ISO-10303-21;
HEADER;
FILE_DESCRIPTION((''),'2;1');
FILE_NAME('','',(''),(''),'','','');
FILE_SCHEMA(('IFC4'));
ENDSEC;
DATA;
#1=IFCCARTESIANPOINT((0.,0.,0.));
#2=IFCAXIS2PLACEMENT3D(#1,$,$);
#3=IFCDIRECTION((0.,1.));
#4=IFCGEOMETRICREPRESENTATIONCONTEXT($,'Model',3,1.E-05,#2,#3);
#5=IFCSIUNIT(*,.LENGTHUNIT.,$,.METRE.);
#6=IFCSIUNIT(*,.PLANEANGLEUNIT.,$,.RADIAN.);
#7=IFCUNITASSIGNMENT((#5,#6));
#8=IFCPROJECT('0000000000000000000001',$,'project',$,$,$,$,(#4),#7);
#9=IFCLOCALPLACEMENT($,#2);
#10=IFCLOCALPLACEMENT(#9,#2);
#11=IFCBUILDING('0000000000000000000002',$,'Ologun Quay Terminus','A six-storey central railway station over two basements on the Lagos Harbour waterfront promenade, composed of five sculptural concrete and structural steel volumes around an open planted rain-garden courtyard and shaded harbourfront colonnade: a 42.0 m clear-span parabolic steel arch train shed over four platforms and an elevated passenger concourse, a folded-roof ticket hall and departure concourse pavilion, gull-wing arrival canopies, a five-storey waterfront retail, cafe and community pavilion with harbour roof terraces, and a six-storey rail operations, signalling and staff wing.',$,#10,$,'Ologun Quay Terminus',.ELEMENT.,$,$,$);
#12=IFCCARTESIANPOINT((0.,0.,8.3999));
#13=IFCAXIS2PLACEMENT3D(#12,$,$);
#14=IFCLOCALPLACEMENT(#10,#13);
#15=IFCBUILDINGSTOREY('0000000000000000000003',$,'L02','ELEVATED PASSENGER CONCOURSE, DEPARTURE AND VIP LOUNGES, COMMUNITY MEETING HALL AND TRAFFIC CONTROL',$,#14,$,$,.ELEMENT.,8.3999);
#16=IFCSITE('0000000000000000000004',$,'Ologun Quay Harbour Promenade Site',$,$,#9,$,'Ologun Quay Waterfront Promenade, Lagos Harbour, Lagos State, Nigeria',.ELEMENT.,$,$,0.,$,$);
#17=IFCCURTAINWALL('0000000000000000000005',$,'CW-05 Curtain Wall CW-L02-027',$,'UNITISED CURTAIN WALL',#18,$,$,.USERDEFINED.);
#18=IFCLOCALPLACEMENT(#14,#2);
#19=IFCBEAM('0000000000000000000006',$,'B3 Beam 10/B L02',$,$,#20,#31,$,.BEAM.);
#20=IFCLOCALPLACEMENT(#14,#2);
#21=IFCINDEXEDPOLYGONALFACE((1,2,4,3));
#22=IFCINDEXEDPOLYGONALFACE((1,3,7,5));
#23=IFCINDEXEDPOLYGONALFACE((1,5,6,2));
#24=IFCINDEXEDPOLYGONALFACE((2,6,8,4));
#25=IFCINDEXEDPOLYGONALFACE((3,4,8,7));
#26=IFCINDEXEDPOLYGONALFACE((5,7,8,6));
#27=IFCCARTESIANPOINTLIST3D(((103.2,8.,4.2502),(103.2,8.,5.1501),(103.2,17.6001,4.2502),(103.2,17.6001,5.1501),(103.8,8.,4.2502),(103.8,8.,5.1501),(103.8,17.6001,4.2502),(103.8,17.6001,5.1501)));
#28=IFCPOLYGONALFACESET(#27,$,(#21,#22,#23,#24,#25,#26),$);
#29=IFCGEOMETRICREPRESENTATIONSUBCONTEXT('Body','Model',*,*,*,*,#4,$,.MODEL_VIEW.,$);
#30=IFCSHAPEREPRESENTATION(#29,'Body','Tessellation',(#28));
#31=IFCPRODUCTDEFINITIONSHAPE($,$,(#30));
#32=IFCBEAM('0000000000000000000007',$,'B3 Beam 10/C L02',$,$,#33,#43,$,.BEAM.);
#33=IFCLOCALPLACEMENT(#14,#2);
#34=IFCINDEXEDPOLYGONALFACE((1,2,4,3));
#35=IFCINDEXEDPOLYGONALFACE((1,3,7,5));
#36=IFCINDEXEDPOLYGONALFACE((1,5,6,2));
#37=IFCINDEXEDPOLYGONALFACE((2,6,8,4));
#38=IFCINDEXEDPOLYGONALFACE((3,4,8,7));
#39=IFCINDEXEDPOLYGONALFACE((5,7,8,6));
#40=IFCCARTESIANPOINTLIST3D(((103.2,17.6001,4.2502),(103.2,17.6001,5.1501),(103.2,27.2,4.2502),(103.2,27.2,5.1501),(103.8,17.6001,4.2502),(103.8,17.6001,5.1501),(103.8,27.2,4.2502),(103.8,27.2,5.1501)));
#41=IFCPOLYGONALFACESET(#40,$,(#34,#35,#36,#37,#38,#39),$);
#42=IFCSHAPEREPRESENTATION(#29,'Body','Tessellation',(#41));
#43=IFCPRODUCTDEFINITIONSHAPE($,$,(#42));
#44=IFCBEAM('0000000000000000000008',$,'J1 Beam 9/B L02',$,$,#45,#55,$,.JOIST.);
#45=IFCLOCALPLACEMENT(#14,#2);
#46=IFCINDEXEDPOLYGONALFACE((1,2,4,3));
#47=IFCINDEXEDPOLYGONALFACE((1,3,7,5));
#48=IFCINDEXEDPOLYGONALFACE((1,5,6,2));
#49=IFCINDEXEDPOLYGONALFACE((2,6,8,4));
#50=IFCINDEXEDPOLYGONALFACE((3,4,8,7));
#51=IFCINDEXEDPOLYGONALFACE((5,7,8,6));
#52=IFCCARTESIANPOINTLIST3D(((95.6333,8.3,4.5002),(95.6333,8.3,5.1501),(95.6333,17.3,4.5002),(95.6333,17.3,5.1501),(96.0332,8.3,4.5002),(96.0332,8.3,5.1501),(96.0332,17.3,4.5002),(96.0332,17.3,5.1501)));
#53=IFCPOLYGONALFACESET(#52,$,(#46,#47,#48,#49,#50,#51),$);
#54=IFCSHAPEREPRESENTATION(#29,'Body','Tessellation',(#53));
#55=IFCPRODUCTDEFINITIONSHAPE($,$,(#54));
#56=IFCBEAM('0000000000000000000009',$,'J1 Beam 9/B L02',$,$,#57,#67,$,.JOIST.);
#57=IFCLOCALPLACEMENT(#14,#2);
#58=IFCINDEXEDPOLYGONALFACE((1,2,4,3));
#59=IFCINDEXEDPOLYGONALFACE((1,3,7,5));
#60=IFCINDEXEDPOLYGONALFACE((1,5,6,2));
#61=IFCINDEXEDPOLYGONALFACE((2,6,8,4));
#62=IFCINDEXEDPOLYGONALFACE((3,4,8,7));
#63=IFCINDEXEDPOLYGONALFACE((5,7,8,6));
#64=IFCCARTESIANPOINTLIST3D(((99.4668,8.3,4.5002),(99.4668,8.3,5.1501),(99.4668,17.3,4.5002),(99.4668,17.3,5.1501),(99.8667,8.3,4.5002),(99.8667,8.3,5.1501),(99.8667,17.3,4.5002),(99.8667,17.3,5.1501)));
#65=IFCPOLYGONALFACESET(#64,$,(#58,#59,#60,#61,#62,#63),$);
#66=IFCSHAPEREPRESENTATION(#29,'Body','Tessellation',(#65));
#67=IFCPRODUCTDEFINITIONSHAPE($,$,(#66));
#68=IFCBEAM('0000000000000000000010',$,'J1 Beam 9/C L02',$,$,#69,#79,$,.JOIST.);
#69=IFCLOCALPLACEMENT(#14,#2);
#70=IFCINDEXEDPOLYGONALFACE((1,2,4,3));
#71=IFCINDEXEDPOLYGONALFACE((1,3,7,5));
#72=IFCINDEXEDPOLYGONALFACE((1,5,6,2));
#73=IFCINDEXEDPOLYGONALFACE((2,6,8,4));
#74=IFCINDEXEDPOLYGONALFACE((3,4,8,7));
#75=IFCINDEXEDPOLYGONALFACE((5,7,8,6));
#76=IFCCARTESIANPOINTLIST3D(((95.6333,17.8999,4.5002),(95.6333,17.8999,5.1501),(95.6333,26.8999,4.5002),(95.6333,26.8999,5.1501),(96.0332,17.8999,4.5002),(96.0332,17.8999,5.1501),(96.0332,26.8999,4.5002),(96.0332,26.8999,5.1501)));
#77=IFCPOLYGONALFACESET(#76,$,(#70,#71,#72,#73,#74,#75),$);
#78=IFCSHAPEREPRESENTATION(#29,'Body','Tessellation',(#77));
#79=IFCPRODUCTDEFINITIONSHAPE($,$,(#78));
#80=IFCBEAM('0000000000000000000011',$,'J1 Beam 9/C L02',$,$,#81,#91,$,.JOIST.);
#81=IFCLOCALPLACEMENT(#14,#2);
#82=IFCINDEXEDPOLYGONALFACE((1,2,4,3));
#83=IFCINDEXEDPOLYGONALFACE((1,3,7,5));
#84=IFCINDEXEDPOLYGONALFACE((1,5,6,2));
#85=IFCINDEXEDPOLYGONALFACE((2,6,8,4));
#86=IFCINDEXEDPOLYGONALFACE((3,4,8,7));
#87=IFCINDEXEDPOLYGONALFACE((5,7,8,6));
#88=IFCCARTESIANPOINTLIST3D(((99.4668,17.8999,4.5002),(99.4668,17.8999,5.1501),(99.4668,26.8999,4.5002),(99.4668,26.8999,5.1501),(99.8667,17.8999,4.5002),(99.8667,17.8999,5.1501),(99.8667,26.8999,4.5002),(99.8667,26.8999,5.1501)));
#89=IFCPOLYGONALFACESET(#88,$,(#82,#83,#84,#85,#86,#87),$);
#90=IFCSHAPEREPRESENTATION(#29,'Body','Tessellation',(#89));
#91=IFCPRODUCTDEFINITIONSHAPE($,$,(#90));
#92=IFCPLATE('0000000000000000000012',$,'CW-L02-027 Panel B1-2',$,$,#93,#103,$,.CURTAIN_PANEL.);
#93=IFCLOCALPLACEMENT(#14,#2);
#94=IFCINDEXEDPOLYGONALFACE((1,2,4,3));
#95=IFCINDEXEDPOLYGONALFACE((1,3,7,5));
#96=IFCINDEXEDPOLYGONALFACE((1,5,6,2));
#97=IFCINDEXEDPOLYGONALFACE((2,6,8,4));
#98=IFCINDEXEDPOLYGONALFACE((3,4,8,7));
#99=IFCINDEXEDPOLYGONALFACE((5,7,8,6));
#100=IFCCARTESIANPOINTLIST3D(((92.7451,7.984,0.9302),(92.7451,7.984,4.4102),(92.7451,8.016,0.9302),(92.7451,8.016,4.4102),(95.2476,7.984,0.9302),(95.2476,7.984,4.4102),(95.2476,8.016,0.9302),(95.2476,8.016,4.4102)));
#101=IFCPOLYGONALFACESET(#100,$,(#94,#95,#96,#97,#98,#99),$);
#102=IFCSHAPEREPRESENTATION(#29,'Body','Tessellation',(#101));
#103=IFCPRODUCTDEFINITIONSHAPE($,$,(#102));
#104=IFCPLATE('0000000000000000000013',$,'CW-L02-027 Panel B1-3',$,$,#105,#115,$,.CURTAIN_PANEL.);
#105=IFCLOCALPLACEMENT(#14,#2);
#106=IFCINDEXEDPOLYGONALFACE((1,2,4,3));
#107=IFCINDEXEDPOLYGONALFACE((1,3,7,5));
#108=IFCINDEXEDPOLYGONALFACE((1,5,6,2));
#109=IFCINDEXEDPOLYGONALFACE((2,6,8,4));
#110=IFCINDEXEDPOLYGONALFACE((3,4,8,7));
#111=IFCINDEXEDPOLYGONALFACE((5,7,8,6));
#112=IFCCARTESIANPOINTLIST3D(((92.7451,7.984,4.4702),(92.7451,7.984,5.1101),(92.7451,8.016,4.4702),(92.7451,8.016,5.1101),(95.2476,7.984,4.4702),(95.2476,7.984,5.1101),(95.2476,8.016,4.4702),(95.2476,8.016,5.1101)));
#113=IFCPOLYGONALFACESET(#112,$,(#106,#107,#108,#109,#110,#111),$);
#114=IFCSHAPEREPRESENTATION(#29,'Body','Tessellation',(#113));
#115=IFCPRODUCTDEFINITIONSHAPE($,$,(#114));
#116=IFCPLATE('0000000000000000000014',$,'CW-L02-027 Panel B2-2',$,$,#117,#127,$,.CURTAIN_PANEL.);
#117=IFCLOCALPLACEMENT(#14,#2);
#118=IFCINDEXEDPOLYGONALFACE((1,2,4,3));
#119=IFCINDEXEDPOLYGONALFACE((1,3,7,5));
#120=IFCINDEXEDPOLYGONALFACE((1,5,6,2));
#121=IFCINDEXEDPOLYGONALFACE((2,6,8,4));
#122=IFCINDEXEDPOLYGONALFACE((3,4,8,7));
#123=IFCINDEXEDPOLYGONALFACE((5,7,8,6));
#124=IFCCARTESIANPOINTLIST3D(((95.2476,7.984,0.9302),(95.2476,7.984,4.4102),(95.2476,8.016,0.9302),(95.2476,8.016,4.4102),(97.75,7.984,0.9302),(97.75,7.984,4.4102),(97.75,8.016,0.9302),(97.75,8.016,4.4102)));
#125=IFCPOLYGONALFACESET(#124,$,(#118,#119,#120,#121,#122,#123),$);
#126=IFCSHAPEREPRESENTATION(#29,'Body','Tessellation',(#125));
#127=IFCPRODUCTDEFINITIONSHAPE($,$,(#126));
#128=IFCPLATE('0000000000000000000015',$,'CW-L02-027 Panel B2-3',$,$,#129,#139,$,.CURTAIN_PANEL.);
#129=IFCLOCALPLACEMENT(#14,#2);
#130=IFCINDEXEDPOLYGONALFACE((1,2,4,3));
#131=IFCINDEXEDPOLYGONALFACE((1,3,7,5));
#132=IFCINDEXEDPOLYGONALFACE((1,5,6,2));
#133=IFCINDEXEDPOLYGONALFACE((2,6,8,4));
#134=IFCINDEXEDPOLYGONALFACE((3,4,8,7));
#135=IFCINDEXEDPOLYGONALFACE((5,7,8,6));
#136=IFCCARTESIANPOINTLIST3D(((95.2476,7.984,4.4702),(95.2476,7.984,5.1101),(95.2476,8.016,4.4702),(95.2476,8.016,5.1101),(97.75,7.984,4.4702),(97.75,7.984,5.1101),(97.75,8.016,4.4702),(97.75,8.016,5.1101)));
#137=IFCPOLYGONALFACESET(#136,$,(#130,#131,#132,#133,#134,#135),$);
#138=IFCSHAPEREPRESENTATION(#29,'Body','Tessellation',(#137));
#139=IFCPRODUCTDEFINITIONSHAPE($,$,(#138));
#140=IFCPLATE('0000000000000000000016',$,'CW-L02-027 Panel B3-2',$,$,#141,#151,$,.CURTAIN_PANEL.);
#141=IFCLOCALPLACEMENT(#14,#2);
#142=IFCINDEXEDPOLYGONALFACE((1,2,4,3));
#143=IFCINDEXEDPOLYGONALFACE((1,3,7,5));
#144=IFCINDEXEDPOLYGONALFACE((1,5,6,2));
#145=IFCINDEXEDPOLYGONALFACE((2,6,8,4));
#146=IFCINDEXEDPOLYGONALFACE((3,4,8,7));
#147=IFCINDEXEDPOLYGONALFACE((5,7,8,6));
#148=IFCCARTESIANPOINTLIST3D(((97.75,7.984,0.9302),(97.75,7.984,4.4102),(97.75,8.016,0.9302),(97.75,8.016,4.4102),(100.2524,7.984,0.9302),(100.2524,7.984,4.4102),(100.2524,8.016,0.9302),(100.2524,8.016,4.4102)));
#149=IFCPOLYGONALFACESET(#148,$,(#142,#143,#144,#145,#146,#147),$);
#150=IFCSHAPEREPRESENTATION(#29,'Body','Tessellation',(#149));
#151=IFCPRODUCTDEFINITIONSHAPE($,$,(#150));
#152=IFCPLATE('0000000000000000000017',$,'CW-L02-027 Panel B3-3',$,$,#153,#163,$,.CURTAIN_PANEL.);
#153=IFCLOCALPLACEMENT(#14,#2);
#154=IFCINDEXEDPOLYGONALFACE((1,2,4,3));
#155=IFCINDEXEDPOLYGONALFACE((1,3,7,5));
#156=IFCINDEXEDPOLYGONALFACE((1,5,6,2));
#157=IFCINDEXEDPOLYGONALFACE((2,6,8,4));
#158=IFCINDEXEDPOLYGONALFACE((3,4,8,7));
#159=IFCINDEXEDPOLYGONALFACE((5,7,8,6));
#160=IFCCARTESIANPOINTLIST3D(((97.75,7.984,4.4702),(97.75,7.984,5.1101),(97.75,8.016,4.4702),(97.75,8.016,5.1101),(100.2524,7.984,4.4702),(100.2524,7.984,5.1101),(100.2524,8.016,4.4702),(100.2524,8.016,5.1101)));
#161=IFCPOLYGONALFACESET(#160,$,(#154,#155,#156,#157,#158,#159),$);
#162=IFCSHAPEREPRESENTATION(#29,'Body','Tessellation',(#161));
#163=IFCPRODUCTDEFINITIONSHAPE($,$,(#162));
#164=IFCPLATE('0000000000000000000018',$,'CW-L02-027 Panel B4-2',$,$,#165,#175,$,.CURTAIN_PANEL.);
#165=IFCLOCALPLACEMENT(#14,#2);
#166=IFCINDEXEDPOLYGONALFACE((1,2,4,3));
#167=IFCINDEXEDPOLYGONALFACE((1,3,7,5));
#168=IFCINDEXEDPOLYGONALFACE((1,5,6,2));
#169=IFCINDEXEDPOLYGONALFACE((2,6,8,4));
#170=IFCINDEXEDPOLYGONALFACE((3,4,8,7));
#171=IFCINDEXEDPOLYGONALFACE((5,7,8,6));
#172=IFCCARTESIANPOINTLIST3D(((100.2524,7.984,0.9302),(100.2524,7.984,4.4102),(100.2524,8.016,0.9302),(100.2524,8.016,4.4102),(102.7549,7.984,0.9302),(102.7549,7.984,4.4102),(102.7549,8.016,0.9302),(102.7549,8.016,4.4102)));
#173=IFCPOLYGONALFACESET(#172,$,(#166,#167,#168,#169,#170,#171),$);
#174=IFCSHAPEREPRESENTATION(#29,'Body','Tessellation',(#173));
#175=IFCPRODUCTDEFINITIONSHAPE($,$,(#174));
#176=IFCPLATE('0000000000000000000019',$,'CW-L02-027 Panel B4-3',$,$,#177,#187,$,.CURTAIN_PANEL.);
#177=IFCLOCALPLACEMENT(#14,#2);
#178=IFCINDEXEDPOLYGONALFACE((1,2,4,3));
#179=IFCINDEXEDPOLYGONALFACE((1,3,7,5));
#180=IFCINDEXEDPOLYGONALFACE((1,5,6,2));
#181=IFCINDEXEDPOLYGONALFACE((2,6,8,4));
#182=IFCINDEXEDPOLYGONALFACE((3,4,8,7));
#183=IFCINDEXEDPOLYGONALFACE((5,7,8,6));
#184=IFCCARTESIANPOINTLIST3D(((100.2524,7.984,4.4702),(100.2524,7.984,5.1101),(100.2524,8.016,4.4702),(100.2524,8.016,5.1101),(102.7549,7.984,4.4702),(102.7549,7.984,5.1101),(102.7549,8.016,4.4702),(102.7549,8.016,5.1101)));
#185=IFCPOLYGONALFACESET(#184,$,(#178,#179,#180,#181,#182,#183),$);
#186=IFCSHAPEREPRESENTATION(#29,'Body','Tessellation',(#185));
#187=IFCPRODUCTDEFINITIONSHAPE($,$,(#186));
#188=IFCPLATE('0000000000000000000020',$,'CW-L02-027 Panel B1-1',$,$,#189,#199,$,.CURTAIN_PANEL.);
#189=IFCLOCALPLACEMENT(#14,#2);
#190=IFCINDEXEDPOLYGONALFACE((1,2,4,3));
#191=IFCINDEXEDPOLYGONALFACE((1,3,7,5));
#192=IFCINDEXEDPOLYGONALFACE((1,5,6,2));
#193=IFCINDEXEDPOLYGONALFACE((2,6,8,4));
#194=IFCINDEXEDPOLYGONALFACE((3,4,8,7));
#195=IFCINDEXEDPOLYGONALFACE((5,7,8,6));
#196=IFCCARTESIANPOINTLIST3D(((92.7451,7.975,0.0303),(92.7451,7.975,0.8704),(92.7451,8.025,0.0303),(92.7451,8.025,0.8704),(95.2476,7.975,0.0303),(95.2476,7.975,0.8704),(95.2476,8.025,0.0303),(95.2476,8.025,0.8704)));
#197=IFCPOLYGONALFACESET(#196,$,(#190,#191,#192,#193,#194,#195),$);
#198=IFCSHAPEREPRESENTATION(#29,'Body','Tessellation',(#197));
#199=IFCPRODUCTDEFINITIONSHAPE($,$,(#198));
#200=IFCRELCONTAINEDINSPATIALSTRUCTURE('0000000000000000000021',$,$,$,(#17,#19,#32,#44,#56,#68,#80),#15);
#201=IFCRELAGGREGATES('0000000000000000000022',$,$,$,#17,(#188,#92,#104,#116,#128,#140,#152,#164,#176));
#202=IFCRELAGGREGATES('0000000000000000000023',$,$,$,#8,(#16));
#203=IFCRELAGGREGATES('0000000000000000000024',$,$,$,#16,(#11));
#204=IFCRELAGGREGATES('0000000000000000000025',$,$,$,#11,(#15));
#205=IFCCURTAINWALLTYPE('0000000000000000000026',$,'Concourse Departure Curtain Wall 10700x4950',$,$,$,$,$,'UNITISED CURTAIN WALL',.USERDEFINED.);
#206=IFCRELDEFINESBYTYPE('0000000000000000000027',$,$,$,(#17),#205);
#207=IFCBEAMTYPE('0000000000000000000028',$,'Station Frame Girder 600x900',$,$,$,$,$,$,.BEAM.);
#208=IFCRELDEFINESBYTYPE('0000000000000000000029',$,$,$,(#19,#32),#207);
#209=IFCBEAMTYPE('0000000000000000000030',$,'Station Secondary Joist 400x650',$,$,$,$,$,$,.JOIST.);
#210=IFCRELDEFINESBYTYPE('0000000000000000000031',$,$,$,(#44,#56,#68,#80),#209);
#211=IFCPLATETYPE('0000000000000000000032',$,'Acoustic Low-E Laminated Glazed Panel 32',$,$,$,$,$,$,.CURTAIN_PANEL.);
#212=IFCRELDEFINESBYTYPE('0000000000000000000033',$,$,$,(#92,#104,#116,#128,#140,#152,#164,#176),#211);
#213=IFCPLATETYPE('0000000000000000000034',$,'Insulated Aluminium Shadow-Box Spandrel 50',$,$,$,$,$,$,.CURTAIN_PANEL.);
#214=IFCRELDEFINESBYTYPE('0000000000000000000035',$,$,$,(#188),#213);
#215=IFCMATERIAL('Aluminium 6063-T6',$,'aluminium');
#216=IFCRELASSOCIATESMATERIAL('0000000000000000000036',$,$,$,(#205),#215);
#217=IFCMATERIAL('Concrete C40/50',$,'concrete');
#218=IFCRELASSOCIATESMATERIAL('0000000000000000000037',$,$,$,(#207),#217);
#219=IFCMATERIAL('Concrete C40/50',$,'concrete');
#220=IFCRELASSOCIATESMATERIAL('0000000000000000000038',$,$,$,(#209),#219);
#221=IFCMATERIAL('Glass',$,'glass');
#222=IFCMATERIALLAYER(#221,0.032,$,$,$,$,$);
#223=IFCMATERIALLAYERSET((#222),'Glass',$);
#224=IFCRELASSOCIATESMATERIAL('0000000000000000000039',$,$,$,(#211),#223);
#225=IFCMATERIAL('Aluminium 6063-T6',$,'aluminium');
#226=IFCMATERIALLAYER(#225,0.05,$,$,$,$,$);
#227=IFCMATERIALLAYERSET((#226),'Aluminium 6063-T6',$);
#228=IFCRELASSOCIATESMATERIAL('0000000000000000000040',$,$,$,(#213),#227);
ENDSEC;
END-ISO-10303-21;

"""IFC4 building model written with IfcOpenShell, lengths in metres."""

from ifc_helpers import new_model, si_unit, direction, frame, origin, origin_2d, place, context, subcontext, project, spatial, rectangle, extrude, material, layer, layer_set, material_profile, profile_set, type_object, element, aggregate, save


model = new_model("IFC4")

# Units and contexts
model_context = context("Model", 3, precision=1e-05, world=origin(), true_north=direction((0.0, 1.0)))
body_context = subcontext(model_context, "Body", "Model", "MODEL_VIEW")
ifc_project = project(units=[si_unit("LENGTHUNIT", "METRE"), si_unit("PLANEANGLEUNIT", "RADIAN")], contexts=[model_context])

# Site, building, storey
site_placement = place(None, origin())
site = spatial("IfcSite", under=ifc_project, at=site_placement, Name="Ologun Quay Harbour Promenade Site", LongName="Ologun Quay Waterfront Promenade, Lagos Harbour, Lagos State, Nigeria", CompositionType="ELEMENT", RefElevation=0.0)
building_placement = place(site_placement, origin())
building = spatial("IfcBuilding", under=site, at=building_placement, Name="Ologun Quay Terminus", Description="A six-storey central railway station over two basements on the Lagos Harbour waterfront promenade, composed of five sculptural concrete and structural steel volumes around an open planted rain-garden courtyard and shaded harbourfront colonnade: a 42.0 m clear-span parabolic steel arch train shed over four platforms and an elevated passenger concourse, a folded-roof ticket hall and departure concourse pavilion, gull-wing arrival canopies, a five-storey waterfront retail, cafe and community pavilion with harbour roof terraces, and a six-storey rail operations, signalling and staff wing.", LongName="Ologun Quay Terminus", CompositionType="ELEMENT")
storey_placement = place(building_placement, frame((0.0, 0.0, 8.3999)))
storey = spatial("IfcBuildingStorey", under=building, at=storey_placement, Name="L02", Description="ELEVATED PASSENGER CONCOURSE, DEPARTURE AND VIP LOUNGES, COMMUNITY MEETING HALL AND TRAFFIC CONTROL", CompositionType="ELEMENT", Elevation=8.3999)

# Curtain wall
ifc_material_1 = material(Name="Aluminium 6063-T6", Category="aluminium")
curtain_wall_type = type_object("IfcCurtainWallType", Name="Concourse Departure Curtain Wall 10700x4950", ElementType="UNITISED CURTAIN WALL", PredefinedType="USERDEFINED", material=ifc_material_1)
curtain_wall_placement = place(storey_placement, origin())
curtain_wall = element("IfcCurtainWall", 1, at=curtain_wall_placement, inside=storey, type_object=curtain_wall_type, Name="CW-05 Curtain Wall CW-L02-027", ObjectType="UNITISED CURTAIN WALL", PredefinedType="USERDEFINED")

# Beams
ifc_material_2 = material(Name="Concrete C40/50", Category="concrete")
ifc_material_profile_1 = material_profile(ifc_material_2, rectangle(XDim=0.6001, YDim=0.8999, at=origin_2d()), Name="RC 600x900")
ifc_profile_set_1 = profile_set([ifc_material_profile_1], Name="Concrete C40/50")
beam_type_1 = type_object("IfcBeamType", Name="Station Frame Girder 600x900", PredefinedType="BEAM", material=ifc_profile_set_1)
beam_1_placement = place(storey_placement, frame((103.5, 8.0, 4.7002), z_axis=(0.0, 1.0, 0.0), x_axis=(-1.0, 0.0, 0.0)))
element("IfcBeam", 2, at=beam_1_placement, inside=storey, type_object=beam_type_1, Name="B3 Beam 10/B L02", PredefinedType="BEAM", context=body_context, shape_type="SweptSolid", body=[
    extrude(rectangle(XDim=0.6001, YDim=0.8999, at=origin_2d()), origin(), (0.0, 0.0, 1.0), 9.6001),
])
beam_2_placement = place(storey_placement, frame((103.5, 17.6001, 4.7002), z_axis=(0.0, 1.0, 0.0), x_axis=(-1.0, 0.0, 0.0)))
element("IfcBeam", 3, at=beam_2_placement, inside=storey, type_object=beam_type_1, Name="B3 Beam 10/C L02", PredefinedType="BEAM", context=body_context, shape_type="SweptSolid", body=[
    extrude(rectangle(XDim=0.6001, YDim=0.8999, at=origin_2d()), origin(), (0.0, 0.0, 1.0), 9.5999),
])
ifc_material_3 = material(Name="Concrete C40/50", Category="concrete")
ifc_material_profile_2 = material_profile(ifc_material_3, rectangle(XDim=0.3999, YDim=0.6499, at=origin_2d()), Name="RC 400x650")
ifc_profile_set_2 = profile_set([ifc_material_profile_2], Name="Concrete C40/50")
beam_type_2 = type_object("IfcBeamType", Name="Station Secondary Joist 400x650", PredefinedType="JOIST", material=ifc_profile_set_2)
for number, where, z_axis, x_axis, name in (
    (4, (95.8333, 8.3, 4.8252), (0.0, 1.0, 0.0), (-1.0, 0.0, 0.0), "J1 Beam 9/B L02"),
    (5, (99.6667, 8.3, 4.8252), (0.0, 1.0, 0.0), (-1.0, 0.0, 0.0), "J1 Beam 9/B L02"),
    (6, (95.8333, 17.8999, 4.8252), (0.0, 1.0, 0.0), (-1.0, 0.0, 0.0), "J1 Beam 9/C L02"),
    (7, (99.6667, 17.8999, 4.8252), (0.0, 1.0, 0.0), (-1.0, 0.0, 0.0), "J1 Beam 9/C L02"),
):
    element("IfcBeam", number, at=place(storey_placement, frame(where, z_axis=z_axis, x_axis=x_axis)), inside=storey, type_object=beam_type_2, Name=name, PredefinedType="JOIST", context=body_context, shape_type="SweptSolid", body=[
        extrude(rectangle(XDim=0.3999, YDim=0.6499, at=origin_2d()), origin(), (0.0, 0.0, 1.0), 9.0),
    ])

# Plates
ifc_material_4 = material(Name="Glass", Category="glass")
ifc_layer_1 = layer(ifc_material_4, 0.032)
ifc_layer_set_1 = layer_set([ifc_layer_1], Name="Glass")
plate_type_1 = type_object("IfcPlateType", Name="Acoustic Low-E Laminated Glazed Panel 32", PredefinedType="CURTAIN_PANEL", material=ifc_layer_set_1)
plate_1_placement = place(storey_placement, frame((93.9963, 8.0, 0.9302), z_axis=(0.0, 0.0, 1.0), x_axis=(1.0, 0.0, 0.0)))
plate_1 = element("IfcPlate", 8, at=plate_1_placement, type_object=plate_type_1, Name="CW-L02-027 Panel B1-2", PredefinedType="CURTAIN_PANEL", context=body_context, shape_type="SweptSolid", body=[
    extrude(rectangle(XDim=2.5024, YDim=0.032, at=origin_2d()), origin(), (0.0, 0.0, 1.0), 3.48),
])
plate_2_placement = place(storey_placement, frame((93.9963, 8.0, 4.4702), z_axis=(0.0, 0.0, 1.0), x_axis=(1.0, 0.0, 0.0)))
plate_2 = element("IfcPlate", 9, at=plate_2_placement, type_object=plate_type_1, Name="CW-L02-027 Panel B1-3", PredefinedType="CURTAIN_PANEL", context=body_context, shape_type="SweptSolid", body=[
    extrude(rectangle(XDim=2.5024, YDim=0.032, at=origin_2d()), origin(), (0.0, 0.0, 1.0), 0.6399),
])
plate_3_placement = place(storey_placement, frame((96.4988, 8.0, 0.9302), z_axis=(0.0, 0.0, 1.0), x_axis=(1.0, 0.0, 0.0)))
plate_3 = element("IfcPlate", 10, at=plate_3_placement, type_object=plate_type_1, Name="CW-L02-027 Panel B2-2", PredefinedType="CURTAIN_PANEL", context=body_context, shape_type="SweptSolid", body=[
    extrude(rectangle(XDim=2.5024, YDim=0.032, at=origin_2d()), origin(), (0.0, 0.0, 1.0), 3.48),
])
plate_4_placement = place(storey_placement, frame((96.4988, 8.0, 4.4702), z_axis=(0.0, 0.0, 1.0), x_axis=(1.0, 0.0, 0.0)))
plate_4 = element("IfcPlate", 11, at=plate_4_placement, type_object=plate_type_1, Name="CW-L02-027 Panel B2-3", PredefinedType="CURTAIN_PANEL", context=body_context, shape_type="SweptSolid", body=[
    extrude(rectangle(XDim=2.5024, YDim=0.032, at=origin_2d()), origin(), (0.0, 0.0, 1.0), 0.6399),
])
plate_5_placement = place(storey_placement, frame((99.0012, 8.0, 0.9302), z_axis=(0.0, 0.0, 1.0), x_axis=(1.0, 0.0, 0.0)))
plate_5 = element("IfcPlate", 12, at=plate_5_placement, type_object=plate_type_1, Name="CW-L02-027 Panel B3-2", PredefinedType="CURTAIN_PANEL", context=body_context, shape_type="SweptSolid", body=[
    extrude(rectangle(XDim=2.5024, YDim=0.032, at=origin_2d()), origin(), (0.0, 0.0, 1.0), 3.48),
])
plate_6_placement = place(storey_placement, frame((99.0012, 8.0, 4.4702), z_axis=(0.0, 0.0, 1.0), x_axis=(1.0, 0.0, 0.0)))
plate_6 = element("IfcPlate", 13, at=plate_6_placement, type_object=plate_type_1, Name="CW-L02-027 Panel B3-3", PredefinedType="CURTAIN_PANEL", context=body_context, shape_type="SweptSolid", body=[
    extrude(rectangle(XDim=2.5024, YDim=0.032, at=origin_2d()), origin(), (0.0, 0.0, 1.0), 0.6399),
])
plate_7_placement = place(storey_placement, frame((101.5037, 8.0, 0.9302), z_axis=(0.0, 0.0, 1.0), x_axis=(1.0, 0.0, 0.0)))
plate_7 = element("IfcPlate", 14, at=plate_7_placement, type_object=plate_type_1, Name="CW-L02-027 Panel B4-2", PredefinedType="CURTAIN_PANEL", context=body_context, shape_type="SweptSolid", body=[
    extrude(rectangle(XDim=2.5024, YDim=0.032, at=origin_2d()), origin(), (0.0, 0.0, 1.0), 3.48),
])
plate_8_placement = place(storey_placement, frame((101.5037, 8.0, 4.4702), z_axis=(0.0, 0.0, 1.0), x_axis=(1.0, 0.0, 0.0)))
plate_8 = element("IfcPlate", 15, at=plate_8_placement, type_object=plate_type_1, Name="CW-L02-027 Panel B4-3", PredefinedType="CURTAIN_PANEL", context=body_context, shape_type="SweptSolid", body=[
    extrude(rectangle(XDim=2.5024, YDim=0.032, at=origin_2d()), origin(), (0.0, 0.0, 1.0), 0.6399),
])
ifc_material_5 = material(Name="Aluminium 6063-T6", Category="aluminium")
ifc_layer_2 = layer(ifc_material_5, 0.05)
ifc_layer_set_2 = layer_set([ifc_layer_2], Name="Aluminium 6063-T6")
plate_type_2 = type_object("IfcPlateType", Name="Insulated Aluminium Shadow-Box Spandrel 50", PredefinedType="CURTAIN_PANEL", material=ifc_layer_set_2)
plate_9_placement = place(storey_placement, frame((93.9963, 8.0, 0.0303), z_axis=(0.0, 0.0, 1.0), x_axis=(1.0, 0.0, 0.0)))
plate_9 = element("IfcPlate", 16, at=plate_9_placement, type_object=plate_type_2, Name="CW-L02-027 Panel B1-1", PredefinedType="CURTAIN_PANEL", context=body_context, shape_type="SweptSolid", body=[
    extrude(rectangle(XDim=2.5024, YDim=0.05, at=origin_2d()), origin(), (0.0, 0.0, 1.0), 0.8401),
])
aggregate(curtain_wall, [plate_9, plate_1, plate_2, plate_3, plate_4, plate_5, plate_6, plate_7, plate_8])

save(model, "model.ifc")
